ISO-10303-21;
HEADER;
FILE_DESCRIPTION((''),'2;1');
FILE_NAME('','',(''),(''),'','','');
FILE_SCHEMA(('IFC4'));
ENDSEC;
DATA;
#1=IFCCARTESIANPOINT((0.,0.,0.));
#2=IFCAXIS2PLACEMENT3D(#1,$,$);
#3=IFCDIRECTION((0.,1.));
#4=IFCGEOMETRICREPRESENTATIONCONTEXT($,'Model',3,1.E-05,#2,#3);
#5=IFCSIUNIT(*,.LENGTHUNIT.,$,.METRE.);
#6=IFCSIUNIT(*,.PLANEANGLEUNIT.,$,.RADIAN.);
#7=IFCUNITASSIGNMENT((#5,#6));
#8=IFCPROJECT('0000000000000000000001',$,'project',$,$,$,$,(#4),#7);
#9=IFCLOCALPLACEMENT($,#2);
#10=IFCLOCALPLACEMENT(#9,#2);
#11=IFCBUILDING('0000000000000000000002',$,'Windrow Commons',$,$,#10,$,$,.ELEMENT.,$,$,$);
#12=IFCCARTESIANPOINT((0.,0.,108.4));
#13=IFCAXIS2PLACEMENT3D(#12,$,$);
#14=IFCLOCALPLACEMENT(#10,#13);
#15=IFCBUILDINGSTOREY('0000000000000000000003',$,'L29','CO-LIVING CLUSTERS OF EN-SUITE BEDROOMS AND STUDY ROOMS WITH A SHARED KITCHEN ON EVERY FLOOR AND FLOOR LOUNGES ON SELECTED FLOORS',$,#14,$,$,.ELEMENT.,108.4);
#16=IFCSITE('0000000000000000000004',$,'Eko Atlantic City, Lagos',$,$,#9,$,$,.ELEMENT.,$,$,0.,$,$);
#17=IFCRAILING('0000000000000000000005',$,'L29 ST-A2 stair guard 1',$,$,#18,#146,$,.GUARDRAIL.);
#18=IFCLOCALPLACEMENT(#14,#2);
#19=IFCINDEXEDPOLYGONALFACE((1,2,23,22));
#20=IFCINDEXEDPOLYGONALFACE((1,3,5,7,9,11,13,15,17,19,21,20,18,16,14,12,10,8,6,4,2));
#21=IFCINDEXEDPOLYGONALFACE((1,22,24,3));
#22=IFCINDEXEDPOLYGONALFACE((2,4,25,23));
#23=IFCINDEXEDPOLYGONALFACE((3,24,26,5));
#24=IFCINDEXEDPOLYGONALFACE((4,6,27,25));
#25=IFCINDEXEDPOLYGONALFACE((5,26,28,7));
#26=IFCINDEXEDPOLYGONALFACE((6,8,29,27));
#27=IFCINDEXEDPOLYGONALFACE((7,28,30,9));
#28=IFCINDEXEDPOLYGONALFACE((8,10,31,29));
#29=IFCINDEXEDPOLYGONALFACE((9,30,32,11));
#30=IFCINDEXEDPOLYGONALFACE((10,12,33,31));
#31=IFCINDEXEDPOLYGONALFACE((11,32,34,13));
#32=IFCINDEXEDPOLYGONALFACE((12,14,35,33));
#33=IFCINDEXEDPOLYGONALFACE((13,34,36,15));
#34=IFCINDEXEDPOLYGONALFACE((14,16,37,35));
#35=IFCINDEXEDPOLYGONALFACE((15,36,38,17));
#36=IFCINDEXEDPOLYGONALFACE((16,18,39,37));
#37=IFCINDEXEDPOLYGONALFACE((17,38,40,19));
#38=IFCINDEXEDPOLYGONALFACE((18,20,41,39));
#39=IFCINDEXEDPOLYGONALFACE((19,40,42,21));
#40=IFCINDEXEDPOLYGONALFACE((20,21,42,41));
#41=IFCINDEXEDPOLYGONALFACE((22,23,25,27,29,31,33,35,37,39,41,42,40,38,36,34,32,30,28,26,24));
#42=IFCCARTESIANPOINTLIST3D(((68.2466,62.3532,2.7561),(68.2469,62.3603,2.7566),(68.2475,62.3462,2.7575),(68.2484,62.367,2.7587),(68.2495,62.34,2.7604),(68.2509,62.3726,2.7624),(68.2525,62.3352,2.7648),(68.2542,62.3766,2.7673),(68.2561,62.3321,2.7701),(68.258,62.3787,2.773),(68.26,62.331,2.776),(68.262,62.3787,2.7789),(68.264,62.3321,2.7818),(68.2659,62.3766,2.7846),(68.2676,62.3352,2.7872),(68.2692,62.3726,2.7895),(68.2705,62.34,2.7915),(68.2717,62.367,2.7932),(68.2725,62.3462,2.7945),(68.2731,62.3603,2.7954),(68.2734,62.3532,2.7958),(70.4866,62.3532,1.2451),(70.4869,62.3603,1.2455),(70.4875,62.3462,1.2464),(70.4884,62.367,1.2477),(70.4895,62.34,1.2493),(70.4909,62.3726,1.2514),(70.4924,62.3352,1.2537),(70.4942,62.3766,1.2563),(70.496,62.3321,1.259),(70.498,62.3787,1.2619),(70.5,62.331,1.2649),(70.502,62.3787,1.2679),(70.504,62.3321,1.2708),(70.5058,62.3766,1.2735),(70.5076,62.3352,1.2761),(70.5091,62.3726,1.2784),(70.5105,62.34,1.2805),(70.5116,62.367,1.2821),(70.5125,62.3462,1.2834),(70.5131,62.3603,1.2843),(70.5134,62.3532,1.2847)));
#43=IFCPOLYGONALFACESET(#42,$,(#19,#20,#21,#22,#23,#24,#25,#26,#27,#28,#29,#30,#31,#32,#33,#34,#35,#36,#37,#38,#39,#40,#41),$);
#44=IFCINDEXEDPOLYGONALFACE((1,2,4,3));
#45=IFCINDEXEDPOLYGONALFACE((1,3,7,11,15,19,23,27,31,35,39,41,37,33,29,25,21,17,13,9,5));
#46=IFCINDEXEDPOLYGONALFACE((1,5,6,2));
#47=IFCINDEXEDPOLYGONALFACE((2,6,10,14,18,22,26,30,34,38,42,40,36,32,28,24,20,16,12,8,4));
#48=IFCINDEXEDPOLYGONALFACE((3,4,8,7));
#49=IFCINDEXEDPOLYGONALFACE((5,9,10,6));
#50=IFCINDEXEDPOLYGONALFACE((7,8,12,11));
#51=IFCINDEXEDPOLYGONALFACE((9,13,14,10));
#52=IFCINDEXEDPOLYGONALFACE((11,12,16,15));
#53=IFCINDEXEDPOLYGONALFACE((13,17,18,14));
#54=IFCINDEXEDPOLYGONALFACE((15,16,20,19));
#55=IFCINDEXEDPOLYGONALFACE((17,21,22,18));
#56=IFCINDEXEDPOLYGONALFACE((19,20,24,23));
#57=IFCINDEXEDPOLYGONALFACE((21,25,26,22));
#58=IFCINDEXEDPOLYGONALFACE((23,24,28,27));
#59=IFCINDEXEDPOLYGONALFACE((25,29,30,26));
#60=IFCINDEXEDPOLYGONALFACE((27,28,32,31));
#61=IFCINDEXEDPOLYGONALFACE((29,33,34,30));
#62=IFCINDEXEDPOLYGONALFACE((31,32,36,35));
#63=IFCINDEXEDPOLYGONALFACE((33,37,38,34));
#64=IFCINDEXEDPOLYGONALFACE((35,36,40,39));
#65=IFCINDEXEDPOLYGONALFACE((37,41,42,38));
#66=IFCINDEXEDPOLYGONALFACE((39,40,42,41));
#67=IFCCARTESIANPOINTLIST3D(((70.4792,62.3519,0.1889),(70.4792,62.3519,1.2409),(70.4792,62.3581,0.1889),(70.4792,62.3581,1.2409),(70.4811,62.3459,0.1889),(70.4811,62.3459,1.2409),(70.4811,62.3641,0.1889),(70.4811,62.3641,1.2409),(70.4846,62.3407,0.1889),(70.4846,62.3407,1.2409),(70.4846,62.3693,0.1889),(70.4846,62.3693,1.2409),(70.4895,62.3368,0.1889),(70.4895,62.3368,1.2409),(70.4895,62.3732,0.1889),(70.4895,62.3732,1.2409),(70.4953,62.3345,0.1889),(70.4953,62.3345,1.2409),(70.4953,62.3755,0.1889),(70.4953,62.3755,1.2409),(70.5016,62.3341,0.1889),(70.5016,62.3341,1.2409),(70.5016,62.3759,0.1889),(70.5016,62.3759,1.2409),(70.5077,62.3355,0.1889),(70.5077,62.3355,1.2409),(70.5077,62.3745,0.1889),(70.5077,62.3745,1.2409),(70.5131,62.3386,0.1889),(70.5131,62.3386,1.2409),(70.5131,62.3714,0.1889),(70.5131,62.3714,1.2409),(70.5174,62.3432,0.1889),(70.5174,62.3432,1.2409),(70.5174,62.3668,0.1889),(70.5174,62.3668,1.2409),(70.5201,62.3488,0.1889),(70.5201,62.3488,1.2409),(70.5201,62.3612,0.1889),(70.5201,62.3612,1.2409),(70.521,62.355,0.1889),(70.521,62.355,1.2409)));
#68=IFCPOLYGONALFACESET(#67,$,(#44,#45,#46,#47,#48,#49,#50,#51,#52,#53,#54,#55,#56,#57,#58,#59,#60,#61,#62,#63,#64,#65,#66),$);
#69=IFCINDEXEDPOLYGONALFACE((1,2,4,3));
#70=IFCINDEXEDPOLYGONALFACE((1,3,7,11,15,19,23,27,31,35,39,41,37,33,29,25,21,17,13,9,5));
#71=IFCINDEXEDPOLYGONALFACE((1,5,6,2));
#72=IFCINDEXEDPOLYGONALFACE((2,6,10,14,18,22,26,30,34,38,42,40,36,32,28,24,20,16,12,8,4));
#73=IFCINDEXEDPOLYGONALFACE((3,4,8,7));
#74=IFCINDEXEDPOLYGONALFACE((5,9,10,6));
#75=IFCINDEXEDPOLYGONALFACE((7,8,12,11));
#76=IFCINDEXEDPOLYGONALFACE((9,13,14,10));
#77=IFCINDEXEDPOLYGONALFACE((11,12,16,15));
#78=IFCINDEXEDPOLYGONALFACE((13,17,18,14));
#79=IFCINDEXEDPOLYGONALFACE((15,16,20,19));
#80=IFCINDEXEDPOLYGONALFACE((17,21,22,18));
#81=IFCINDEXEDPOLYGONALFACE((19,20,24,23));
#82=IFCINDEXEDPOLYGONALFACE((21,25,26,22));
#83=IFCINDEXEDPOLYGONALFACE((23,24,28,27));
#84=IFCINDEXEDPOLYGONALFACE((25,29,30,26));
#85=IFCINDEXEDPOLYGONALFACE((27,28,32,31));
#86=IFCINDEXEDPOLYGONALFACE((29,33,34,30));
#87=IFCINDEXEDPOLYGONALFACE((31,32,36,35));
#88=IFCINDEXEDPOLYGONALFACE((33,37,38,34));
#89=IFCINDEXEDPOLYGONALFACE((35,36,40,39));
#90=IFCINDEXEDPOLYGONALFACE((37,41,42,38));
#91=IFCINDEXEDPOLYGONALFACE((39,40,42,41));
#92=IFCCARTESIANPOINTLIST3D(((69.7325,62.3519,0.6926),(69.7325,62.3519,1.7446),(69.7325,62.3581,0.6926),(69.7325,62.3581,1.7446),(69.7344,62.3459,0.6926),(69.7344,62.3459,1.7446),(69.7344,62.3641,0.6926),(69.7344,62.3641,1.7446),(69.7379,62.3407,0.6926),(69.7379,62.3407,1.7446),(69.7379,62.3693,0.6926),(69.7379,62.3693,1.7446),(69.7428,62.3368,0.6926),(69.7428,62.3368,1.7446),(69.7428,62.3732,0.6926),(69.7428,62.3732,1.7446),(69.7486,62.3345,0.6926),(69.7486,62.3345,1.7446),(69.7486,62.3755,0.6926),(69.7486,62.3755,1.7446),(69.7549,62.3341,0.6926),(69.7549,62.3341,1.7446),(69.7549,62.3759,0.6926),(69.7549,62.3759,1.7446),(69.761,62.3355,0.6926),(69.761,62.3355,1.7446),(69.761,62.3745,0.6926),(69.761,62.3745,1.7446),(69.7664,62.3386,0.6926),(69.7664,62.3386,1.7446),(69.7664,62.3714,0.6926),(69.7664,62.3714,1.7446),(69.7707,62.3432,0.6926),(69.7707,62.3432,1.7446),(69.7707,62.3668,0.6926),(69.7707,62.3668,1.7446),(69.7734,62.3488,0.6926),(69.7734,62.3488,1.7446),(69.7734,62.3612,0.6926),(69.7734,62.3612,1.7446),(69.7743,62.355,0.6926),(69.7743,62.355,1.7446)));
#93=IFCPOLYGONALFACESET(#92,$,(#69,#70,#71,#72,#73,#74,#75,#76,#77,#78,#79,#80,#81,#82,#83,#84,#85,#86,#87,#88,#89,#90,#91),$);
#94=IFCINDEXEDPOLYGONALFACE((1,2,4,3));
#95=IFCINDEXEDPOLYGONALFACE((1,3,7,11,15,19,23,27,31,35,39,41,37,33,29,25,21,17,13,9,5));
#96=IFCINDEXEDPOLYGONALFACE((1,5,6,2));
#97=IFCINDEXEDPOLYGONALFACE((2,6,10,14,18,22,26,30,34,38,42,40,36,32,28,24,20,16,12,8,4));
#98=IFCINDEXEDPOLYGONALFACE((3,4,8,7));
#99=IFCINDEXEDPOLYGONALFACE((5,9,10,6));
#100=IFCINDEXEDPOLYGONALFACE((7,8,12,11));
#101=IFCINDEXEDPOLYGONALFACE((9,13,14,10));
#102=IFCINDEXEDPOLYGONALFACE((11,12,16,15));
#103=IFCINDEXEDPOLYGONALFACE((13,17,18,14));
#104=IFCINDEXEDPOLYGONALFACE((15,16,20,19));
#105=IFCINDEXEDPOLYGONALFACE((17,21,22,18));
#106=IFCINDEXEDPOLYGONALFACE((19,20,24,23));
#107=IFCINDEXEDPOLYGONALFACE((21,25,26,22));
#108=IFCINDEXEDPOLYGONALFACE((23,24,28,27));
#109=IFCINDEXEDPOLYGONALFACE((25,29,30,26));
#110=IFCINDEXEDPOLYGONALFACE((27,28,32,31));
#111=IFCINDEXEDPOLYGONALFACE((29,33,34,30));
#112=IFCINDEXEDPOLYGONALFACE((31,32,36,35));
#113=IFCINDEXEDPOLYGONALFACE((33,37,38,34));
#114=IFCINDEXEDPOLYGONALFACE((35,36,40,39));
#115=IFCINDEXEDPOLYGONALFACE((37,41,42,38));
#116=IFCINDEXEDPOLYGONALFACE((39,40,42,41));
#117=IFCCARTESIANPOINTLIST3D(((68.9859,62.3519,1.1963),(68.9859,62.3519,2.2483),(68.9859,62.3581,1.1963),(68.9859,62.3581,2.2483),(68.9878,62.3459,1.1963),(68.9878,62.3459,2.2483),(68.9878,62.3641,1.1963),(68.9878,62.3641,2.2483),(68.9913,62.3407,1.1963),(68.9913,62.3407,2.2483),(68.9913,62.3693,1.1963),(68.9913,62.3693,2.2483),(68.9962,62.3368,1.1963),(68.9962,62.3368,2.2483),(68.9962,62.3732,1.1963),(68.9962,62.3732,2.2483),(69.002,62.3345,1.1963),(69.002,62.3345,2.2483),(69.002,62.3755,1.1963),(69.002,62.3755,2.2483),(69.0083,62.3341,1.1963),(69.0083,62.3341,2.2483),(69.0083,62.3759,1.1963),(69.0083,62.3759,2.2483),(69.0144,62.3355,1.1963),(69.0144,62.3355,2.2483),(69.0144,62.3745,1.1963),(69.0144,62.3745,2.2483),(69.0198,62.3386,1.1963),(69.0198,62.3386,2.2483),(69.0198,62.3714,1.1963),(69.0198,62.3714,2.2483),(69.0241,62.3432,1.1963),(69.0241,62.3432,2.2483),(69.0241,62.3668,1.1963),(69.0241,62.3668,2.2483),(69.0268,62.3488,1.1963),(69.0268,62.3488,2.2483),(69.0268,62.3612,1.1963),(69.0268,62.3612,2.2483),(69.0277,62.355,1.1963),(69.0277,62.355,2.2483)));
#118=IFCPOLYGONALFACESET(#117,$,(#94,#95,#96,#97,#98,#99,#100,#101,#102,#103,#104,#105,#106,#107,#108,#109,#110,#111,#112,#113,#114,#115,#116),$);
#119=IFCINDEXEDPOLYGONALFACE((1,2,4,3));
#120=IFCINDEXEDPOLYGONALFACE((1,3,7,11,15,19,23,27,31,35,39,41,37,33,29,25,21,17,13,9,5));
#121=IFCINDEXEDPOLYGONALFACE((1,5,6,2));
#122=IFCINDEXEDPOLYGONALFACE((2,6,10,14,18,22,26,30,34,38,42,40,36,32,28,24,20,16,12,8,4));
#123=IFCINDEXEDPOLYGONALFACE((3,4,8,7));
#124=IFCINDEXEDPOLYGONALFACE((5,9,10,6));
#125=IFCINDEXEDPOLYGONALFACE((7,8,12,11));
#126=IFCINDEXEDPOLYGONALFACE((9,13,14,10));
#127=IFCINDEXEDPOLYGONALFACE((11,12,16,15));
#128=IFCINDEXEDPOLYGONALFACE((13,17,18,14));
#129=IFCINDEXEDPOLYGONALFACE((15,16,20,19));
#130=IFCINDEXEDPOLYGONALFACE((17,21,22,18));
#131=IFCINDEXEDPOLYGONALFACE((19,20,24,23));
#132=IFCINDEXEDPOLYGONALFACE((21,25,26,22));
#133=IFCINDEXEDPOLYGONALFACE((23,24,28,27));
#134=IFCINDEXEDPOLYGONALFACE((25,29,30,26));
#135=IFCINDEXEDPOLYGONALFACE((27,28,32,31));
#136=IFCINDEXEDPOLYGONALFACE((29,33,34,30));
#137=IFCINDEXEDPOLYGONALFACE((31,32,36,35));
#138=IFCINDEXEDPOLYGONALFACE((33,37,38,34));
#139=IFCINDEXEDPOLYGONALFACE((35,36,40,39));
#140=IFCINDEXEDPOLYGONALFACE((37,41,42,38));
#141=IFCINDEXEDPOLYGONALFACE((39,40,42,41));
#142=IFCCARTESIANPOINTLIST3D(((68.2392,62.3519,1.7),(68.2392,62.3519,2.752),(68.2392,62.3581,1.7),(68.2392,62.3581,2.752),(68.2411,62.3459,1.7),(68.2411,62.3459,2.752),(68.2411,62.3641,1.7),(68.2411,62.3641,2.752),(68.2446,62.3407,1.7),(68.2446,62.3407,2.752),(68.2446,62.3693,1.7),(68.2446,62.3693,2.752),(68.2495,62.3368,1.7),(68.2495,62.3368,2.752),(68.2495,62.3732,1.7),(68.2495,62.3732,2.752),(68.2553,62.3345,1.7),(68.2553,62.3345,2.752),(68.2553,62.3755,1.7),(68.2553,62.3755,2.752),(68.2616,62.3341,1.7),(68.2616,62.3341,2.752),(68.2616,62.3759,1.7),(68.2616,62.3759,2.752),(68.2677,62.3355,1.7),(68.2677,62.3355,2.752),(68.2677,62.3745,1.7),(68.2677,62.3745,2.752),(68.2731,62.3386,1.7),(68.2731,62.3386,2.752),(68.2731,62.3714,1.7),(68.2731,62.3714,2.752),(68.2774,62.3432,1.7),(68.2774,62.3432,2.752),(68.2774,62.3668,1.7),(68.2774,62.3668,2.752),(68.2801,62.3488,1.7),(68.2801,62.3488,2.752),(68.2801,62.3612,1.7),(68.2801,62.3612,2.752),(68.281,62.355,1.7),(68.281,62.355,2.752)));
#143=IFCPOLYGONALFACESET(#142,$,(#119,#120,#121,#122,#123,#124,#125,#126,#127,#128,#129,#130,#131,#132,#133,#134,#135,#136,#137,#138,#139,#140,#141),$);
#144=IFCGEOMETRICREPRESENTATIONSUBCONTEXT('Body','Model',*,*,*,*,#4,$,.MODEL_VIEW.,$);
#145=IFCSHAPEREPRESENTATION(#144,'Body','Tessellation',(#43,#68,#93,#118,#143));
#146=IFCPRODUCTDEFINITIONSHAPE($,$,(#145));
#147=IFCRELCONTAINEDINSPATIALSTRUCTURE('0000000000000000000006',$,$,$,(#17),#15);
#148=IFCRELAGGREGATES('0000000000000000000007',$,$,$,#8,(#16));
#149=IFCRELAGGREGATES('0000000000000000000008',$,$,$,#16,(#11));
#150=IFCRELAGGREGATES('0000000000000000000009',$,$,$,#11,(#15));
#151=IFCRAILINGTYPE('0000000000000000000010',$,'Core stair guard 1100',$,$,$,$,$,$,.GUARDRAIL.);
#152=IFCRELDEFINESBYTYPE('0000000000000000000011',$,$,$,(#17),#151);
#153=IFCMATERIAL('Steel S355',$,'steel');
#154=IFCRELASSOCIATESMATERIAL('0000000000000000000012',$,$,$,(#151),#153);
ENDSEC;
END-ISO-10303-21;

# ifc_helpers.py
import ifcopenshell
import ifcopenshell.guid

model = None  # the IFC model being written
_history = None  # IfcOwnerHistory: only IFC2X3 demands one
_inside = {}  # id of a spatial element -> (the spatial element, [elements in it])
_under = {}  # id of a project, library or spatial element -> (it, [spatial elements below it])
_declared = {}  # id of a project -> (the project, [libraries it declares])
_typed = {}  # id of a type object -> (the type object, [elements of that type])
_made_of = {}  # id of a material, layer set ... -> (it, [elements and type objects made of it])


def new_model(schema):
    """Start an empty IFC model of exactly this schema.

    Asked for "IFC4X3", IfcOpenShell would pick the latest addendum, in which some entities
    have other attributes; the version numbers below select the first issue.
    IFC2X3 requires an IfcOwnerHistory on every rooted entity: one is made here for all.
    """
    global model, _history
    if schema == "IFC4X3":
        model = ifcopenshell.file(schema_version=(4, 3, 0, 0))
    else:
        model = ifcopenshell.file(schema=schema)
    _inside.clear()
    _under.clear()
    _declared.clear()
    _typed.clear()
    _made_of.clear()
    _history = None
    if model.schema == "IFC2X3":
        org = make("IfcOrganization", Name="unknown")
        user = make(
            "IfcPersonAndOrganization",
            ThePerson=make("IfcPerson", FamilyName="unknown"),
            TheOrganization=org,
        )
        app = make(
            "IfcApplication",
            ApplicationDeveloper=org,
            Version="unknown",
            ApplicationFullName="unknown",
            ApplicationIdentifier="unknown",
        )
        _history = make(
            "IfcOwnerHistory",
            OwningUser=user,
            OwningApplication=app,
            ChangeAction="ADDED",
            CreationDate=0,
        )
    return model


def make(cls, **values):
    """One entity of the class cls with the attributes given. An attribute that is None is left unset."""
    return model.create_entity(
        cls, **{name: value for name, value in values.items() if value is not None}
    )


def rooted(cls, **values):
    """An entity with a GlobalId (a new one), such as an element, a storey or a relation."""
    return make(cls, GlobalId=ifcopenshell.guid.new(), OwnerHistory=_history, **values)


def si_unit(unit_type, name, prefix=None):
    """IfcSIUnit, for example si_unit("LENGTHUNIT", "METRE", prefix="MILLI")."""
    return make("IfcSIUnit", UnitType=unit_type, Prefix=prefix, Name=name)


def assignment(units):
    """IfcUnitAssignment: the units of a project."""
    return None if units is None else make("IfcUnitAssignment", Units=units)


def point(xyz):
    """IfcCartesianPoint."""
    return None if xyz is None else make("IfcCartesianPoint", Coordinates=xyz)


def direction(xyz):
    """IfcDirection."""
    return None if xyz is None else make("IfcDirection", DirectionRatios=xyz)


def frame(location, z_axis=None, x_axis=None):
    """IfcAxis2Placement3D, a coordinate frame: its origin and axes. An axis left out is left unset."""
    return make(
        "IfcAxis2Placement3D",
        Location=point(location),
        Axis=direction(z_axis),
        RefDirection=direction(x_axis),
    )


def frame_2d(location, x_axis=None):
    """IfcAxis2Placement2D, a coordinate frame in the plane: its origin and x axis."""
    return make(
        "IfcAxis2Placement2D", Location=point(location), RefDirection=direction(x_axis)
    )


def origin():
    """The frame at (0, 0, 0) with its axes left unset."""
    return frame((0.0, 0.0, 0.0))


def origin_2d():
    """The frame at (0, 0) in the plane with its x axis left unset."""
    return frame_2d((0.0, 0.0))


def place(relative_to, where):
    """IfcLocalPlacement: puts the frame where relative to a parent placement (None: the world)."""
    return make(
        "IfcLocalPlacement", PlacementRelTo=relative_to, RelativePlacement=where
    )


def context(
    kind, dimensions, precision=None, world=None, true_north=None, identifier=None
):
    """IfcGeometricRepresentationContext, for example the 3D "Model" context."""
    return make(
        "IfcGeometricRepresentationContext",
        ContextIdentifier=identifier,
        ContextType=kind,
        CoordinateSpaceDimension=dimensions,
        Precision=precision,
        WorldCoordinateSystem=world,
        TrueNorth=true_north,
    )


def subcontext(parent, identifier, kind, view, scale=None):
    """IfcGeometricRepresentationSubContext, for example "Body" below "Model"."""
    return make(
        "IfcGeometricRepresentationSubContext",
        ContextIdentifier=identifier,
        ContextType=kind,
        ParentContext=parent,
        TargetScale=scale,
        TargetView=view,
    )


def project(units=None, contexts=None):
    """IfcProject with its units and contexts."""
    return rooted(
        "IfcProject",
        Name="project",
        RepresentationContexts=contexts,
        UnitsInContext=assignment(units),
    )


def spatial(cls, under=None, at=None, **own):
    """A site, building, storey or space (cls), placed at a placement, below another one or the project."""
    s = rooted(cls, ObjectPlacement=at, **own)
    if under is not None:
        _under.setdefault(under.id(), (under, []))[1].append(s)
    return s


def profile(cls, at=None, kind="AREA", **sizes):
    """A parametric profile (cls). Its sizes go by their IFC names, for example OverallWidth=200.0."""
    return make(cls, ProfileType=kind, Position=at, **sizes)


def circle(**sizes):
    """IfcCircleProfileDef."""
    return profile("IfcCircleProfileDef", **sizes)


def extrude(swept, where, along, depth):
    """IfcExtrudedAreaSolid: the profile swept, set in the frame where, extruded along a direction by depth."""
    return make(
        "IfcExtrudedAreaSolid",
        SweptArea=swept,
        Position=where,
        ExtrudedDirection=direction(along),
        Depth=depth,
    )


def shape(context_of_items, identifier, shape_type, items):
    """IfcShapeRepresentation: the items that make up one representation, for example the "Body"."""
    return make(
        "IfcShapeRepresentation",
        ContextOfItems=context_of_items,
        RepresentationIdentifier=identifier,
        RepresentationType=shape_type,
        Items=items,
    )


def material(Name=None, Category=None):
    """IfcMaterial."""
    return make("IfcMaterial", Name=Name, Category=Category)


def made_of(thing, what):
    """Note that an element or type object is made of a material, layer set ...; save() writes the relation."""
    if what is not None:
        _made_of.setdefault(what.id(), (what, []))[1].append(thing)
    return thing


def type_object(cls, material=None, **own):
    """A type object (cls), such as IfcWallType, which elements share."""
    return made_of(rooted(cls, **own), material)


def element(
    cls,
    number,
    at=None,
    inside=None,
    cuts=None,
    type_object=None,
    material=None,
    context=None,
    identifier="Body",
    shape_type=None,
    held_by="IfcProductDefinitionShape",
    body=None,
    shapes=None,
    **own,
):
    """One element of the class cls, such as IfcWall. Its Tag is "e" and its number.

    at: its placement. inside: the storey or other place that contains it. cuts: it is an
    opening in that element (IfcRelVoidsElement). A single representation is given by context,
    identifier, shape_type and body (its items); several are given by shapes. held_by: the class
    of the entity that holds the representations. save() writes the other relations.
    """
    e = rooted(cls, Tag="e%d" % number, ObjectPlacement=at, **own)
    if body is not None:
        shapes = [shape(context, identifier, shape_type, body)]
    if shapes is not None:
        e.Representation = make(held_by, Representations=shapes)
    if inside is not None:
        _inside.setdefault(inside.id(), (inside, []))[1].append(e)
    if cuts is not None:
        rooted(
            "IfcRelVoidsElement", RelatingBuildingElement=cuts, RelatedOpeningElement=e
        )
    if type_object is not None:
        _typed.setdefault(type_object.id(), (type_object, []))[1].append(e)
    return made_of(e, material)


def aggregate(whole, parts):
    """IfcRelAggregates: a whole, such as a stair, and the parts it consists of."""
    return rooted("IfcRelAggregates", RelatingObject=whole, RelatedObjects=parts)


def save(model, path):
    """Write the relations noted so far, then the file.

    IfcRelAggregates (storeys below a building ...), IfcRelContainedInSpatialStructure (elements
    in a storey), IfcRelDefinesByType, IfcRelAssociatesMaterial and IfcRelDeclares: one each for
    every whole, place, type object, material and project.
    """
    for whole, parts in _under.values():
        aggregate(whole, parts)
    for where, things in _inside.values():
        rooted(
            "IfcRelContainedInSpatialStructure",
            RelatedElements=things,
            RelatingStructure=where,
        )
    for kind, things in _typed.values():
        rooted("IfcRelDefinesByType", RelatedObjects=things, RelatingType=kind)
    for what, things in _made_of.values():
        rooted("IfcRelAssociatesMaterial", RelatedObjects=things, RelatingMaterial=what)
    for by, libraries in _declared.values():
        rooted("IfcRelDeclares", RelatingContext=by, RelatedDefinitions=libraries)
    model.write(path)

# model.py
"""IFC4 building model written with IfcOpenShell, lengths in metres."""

from ifc_helpers import new_model, si_unit, direction, frame, origin, origin_2d, place, context, subcontext, project, spatial, circle, extrude, material, type_object, element, save


model = new_model("IFC4")

# Units and contexts
model_context = context("Model", 3, precision=1e-05, world=origin(), true_north=direction((0.0, 1.0)))
body_context = subcontext(model_context, "Body", "Model", "MODEL_VIEW")
ifc_project = project(units=[si_unit("LENGTHUNIT", "METRE"), si_unit("PLANEANGLEUNIT", "RADIAN")], contexts=[model_context])

# Site, building, storey
site_placement = place(None, origin())
site = spatial("IfcSite", under=ifc_project, at=site_placement, Name="Eko Atlantic City, Lagos", CompositionType="ELEMENT", RefElevation=0.0)
building_placement = place(site_placement, origin())
building = spatial("IfcBuilding", under=site, at=building_placement, Name="Windrow Commons", CompositionType="ELEMENT")
storey_placement = place(building_placement, frame((0.0, 0.0, 108.4)))
storey = spatial("IfcBuildingStorey", under=building, at=storey_placement, Name="L29", Description="CO-LIVING CLUSTERS OF EN-SUITE BEDROOMS AND STUDY ROOMS WITH A SHARED KITCHEN ON EVERY FLOOR AND FLOOR LOUNGES ON SELECTED FLOORS", CompositionType="ELEMENT", Elevation=108.4)

# Railing
ifc_material_1 = material(Name="Steel S355", Category="steel")
railing_type_1 = type_object("IfcRailingType", Name="Core stair guard 1100", PredefinedType="GUARDRAIL", material=ifc_material_1)
for number, where, name in (
    (1, (70.5, 62.355, 0.1889), "L29 ST-A2 stair guard 1"),
):
    element("IfcRailing", number, at=place(storey_placement, frame(where)), inside=storey, type_object=railing_type_1, Name=name, PredefinedType="GUARDRAIL", context=body_context, shape_type="SweptSolid", body=[
        extrude(circle(Radius=0.024, at=origin_2d()), frame((0.0, 0.0, 1.076), z_axis=(-0.829003, 0.0, 0.559244), x_axis=(0.0, -1.0, 0.0)), (0.0, 0.0, 1.0), 2.702),
        extrude(circle(Radius=0.021, at=origin_2d()), origin(), (0.0, 0.0, 1.0), 1.052),
        extrude(circle(Radius=0.021, at=origin_2d()), frame((-0.7467, 0.0, 0.5037)), (0.0, 0.0, 1.0), 1.052),
        extrude(circle(Radius=0.021, at=origin_2d()), frame((-1.4933, 0.0, 1.0074)), (0.0, 0.0, 1.0), 1.052),
        extrude(circle(Radius=0.021, at=origin_2d()), frame((-2.24, 0.0, 1.5111)), (0.0, 0.0, 1.0), 1.052),
    ])

save(model, "model.ifc")
